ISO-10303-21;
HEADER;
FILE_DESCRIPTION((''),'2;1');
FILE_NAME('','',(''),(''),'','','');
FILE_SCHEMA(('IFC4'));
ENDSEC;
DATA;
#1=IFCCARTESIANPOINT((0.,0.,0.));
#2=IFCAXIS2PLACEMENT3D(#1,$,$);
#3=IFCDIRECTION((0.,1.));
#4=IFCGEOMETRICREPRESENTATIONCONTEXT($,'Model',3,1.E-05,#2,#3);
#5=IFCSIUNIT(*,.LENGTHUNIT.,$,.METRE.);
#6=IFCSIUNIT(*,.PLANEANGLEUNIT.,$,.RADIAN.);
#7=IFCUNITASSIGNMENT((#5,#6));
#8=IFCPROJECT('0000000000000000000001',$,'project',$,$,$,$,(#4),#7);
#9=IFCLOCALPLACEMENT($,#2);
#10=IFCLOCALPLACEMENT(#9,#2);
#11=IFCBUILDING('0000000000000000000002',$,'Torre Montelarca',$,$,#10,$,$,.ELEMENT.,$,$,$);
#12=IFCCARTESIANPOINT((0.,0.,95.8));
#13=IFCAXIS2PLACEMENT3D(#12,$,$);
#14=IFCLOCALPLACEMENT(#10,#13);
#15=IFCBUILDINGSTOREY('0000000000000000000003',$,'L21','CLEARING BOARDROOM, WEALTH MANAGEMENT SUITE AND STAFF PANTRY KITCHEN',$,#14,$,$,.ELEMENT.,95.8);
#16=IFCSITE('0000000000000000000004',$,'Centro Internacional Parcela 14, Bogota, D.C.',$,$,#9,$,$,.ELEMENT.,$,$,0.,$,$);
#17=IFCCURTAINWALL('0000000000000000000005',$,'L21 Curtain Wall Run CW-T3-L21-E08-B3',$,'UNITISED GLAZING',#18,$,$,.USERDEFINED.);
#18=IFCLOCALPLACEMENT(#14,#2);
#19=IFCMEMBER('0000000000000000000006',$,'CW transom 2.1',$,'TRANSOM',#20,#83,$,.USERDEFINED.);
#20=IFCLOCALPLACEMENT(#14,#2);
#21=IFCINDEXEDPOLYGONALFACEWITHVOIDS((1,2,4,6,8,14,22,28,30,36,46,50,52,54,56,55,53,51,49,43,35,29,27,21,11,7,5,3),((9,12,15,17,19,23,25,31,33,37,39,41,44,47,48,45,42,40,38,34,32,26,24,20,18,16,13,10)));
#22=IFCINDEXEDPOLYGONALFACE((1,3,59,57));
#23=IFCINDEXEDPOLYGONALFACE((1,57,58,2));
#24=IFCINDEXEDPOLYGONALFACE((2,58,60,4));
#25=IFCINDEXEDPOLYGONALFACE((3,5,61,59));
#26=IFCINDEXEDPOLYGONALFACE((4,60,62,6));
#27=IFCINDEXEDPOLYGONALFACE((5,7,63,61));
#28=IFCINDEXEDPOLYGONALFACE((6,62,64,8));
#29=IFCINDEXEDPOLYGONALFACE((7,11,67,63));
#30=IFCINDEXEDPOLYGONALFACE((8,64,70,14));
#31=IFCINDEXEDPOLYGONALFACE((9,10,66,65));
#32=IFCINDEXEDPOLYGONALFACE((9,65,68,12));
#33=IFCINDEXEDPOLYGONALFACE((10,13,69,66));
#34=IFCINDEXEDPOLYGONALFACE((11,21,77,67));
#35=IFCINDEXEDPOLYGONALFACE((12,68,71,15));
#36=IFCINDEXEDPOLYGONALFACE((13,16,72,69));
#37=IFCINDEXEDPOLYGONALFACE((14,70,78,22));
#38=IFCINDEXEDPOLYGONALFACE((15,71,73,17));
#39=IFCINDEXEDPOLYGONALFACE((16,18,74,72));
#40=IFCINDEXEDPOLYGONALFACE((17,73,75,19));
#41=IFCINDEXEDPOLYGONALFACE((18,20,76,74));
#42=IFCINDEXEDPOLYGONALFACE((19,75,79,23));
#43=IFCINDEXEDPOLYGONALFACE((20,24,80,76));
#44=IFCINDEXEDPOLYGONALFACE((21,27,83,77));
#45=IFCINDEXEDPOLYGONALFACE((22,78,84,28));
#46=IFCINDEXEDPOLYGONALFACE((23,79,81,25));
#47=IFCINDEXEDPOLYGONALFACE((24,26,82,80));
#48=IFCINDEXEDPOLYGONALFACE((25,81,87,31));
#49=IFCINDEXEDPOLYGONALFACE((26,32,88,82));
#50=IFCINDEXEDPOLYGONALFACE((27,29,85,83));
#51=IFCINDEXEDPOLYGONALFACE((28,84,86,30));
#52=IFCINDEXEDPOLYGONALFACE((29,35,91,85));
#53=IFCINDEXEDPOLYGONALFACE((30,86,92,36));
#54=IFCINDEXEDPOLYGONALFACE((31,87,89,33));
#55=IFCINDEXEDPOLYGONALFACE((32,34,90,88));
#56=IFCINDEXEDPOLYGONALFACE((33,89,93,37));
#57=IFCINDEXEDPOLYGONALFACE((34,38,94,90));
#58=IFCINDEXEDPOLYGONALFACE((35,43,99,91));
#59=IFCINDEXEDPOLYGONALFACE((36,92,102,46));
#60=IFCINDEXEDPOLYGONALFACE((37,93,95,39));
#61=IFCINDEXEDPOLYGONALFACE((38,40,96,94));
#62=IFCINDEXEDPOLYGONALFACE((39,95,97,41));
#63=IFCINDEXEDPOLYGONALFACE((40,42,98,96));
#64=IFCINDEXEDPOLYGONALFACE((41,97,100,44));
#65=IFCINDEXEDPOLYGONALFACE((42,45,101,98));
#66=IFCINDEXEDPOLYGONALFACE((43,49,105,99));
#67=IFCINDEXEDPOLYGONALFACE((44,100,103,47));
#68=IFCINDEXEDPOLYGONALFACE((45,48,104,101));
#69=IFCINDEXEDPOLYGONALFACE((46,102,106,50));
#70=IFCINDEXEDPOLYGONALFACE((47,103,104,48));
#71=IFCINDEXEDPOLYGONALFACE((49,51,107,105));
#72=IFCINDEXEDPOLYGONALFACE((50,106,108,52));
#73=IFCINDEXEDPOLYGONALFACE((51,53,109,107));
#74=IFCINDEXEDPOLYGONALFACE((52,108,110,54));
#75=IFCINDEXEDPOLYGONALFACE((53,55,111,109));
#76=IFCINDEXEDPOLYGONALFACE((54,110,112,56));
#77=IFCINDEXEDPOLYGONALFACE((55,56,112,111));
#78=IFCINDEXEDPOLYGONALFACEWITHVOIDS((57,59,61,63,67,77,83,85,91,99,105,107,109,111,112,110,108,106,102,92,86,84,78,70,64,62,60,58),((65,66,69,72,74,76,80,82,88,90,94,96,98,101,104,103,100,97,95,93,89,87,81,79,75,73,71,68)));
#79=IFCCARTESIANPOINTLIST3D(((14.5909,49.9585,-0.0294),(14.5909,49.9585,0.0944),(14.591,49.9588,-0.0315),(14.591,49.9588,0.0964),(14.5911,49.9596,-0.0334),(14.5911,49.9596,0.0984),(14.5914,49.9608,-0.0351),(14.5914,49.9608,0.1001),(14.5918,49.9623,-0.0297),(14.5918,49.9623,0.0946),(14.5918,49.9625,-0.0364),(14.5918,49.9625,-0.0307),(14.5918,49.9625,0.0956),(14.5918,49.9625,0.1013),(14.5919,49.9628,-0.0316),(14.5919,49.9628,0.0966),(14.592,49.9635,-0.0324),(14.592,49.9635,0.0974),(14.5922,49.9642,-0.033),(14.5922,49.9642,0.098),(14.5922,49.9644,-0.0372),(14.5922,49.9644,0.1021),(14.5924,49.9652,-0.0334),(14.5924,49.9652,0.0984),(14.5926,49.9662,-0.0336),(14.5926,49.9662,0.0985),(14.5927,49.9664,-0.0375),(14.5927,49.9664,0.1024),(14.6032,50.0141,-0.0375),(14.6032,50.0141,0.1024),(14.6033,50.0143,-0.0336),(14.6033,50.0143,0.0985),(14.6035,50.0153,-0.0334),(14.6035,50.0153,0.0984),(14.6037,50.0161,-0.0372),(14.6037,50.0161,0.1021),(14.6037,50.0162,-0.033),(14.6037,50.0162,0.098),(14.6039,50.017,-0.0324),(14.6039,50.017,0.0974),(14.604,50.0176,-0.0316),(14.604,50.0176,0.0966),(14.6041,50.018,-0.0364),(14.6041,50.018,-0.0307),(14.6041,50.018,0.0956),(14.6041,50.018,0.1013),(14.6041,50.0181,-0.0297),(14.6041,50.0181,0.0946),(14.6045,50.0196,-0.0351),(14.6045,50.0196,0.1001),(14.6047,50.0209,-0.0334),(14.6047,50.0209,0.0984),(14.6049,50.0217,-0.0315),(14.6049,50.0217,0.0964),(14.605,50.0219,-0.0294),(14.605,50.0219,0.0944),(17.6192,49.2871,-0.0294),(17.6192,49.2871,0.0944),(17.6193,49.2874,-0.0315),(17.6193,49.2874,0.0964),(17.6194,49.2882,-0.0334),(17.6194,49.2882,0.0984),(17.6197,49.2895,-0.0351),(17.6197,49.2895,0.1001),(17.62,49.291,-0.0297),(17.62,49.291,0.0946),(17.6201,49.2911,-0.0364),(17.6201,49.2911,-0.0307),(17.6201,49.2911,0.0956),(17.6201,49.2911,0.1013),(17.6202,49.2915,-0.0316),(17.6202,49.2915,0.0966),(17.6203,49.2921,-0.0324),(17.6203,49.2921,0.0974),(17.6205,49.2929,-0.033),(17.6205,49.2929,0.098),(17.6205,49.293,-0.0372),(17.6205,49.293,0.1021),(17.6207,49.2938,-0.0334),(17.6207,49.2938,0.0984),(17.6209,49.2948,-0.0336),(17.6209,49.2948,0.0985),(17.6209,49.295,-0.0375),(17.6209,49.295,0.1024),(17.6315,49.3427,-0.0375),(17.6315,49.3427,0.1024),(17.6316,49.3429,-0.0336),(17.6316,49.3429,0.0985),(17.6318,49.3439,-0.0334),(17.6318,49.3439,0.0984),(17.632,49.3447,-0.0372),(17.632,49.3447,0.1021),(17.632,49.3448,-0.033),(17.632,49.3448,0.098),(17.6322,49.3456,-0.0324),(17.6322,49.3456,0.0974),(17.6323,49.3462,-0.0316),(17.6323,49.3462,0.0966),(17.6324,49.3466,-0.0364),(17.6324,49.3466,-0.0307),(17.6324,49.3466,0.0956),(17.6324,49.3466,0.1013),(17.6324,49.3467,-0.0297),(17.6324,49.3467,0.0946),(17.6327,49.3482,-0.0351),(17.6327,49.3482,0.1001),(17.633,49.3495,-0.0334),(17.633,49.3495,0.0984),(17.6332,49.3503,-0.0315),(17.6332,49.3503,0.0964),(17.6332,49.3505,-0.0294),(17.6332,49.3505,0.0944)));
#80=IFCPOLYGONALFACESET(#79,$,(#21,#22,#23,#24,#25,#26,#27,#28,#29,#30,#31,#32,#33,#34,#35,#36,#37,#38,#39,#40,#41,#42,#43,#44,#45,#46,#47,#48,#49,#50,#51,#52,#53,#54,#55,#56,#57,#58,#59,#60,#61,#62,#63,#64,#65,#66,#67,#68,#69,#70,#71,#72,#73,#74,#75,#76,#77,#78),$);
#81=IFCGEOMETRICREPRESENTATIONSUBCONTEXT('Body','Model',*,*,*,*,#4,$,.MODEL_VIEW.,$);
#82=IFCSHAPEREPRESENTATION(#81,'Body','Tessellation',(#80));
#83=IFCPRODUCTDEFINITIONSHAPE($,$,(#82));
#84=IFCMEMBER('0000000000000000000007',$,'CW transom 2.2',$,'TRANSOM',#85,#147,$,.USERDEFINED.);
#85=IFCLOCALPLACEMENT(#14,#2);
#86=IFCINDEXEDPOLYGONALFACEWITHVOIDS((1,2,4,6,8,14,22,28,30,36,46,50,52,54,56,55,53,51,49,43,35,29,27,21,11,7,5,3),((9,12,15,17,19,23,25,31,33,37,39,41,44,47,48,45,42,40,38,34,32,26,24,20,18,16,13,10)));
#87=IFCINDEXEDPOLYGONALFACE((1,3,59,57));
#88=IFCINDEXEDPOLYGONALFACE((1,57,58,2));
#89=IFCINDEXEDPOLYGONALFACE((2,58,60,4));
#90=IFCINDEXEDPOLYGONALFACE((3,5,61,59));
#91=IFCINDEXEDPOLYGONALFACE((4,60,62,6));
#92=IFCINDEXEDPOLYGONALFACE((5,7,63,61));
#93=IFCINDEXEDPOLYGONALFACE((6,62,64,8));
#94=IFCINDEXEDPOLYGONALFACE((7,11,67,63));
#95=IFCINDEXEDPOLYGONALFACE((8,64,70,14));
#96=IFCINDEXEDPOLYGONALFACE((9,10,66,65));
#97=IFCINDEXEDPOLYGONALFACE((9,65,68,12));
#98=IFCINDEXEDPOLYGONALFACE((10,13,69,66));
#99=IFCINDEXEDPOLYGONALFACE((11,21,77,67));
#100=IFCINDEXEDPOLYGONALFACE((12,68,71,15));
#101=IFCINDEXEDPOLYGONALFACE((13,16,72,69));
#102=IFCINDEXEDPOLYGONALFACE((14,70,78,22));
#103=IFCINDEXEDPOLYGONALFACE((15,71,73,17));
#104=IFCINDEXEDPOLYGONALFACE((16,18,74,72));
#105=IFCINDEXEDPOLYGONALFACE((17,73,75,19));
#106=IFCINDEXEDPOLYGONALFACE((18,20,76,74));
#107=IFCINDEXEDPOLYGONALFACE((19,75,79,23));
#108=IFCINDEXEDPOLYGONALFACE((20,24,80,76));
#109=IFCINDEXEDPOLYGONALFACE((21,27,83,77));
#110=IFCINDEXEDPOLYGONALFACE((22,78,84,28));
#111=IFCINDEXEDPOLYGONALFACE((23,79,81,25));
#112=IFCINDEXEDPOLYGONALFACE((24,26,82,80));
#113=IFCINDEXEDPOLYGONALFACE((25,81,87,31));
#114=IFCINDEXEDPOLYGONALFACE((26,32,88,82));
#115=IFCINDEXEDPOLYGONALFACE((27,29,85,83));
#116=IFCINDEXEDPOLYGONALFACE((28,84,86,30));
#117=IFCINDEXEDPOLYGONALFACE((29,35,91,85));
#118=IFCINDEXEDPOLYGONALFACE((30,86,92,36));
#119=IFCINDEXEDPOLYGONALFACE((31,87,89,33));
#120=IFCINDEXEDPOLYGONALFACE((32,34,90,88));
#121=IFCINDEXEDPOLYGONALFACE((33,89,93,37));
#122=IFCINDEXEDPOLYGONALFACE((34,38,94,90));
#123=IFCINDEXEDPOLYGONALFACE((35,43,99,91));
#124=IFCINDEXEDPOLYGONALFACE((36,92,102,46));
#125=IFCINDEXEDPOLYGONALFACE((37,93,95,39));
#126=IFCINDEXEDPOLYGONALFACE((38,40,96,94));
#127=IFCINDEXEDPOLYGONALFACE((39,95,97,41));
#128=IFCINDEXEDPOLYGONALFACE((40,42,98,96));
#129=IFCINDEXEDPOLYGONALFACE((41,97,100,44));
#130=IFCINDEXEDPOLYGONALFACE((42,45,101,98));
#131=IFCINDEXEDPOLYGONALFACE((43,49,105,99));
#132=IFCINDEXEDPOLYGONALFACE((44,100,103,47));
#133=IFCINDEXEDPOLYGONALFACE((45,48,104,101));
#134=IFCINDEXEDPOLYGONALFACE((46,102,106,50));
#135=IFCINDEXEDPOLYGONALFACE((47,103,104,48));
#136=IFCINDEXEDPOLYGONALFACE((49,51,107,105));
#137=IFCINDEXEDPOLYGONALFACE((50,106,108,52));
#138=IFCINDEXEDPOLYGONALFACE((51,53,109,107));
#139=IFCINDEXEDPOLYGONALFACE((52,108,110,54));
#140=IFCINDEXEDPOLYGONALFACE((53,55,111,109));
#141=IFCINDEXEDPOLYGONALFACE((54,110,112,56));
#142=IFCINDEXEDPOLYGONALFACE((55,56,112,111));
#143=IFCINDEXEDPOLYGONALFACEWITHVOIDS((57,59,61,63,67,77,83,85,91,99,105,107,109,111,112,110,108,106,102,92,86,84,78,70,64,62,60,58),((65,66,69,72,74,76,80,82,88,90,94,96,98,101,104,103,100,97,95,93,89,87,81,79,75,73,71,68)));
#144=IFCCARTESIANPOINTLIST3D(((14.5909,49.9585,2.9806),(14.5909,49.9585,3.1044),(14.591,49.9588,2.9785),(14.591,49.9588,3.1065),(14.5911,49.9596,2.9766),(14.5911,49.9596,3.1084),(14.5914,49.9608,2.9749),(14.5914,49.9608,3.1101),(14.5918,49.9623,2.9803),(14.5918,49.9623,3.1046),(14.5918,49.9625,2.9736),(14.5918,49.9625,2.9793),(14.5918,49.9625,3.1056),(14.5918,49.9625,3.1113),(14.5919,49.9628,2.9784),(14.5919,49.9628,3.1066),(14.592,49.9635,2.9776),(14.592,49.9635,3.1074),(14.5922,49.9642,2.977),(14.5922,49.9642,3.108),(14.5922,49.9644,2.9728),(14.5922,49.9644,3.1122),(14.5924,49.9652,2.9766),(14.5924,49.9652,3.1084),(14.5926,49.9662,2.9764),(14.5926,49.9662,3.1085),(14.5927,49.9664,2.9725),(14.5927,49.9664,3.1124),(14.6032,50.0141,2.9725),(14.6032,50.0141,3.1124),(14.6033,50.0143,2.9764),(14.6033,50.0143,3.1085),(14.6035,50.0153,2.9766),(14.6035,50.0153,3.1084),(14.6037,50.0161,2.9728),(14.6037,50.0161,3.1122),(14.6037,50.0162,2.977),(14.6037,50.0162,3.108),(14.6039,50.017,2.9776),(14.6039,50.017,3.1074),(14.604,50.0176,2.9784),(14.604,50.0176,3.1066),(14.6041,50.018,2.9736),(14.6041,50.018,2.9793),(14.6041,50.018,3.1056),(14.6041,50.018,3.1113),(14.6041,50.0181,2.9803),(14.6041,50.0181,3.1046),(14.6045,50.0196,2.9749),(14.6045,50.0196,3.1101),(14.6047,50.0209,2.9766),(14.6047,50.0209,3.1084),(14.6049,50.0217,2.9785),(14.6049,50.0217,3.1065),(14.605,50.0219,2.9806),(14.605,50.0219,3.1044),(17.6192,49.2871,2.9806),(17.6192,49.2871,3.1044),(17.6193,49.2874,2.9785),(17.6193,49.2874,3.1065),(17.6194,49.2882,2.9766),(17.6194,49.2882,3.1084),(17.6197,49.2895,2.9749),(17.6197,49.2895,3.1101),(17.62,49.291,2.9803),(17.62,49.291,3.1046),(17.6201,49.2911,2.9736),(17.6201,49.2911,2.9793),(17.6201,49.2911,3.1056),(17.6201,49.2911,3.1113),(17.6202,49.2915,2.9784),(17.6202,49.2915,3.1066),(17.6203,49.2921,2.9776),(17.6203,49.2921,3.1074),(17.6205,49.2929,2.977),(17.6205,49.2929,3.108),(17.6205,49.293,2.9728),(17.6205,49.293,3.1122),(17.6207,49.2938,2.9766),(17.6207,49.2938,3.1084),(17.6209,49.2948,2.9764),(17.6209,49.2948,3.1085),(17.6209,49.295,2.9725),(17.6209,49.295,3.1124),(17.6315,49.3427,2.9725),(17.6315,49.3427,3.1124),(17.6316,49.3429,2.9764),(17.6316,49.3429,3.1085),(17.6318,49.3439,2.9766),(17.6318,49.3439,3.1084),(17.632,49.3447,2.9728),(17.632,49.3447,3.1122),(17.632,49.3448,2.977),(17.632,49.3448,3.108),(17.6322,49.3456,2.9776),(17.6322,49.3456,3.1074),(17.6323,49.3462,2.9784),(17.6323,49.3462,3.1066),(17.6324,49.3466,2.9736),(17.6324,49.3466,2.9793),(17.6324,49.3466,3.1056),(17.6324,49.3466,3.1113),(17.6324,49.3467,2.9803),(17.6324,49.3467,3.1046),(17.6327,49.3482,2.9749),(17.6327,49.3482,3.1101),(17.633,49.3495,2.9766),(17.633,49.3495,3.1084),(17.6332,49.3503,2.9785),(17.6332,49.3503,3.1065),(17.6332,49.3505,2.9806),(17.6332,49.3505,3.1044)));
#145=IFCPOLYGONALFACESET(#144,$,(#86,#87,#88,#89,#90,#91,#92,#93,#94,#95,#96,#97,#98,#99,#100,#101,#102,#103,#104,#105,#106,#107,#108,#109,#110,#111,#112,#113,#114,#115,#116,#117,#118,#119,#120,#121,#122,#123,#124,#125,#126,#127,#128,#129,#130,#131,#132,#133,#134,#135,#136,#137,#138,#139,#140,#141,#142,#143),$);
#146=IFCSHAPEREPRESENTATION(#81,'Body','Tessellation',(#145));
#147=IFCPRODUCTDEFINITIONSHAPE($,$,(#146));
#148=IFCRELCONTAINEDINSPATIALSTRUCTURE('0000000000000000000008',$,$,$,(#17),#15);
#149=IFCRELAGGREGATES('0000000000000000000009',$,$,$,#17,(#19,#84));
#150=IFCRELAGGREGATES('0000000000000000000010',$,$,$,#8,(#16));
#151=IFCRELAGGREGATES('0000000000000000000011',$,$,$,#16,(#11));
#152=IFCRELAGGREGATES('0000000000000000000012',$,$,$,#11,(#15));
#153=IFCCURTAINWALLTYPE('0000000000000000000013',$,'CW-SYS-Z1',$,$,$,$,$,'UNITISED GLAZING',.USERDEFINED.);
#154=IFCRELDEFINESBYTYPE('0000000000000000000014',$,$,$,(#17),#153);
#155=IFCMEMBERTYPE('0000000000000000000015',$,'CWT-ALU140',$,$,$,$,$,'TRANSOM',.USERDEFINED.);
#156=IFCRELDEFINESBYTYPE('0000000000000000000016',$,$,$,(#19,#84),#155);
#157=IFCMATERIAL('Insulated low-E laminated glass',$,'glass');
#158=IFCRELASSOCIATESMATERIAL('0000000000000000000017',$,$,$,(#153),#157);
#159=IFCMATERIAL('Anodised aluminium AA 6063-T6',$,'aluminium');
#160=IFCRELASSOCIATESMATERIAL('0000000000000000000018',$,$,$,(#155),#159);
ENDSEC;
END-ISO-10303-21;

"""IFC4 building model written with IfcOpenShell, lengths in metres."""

from ifc_helpers import new_model, si_unit, direction, frame, origin, origin_2d, place, context, subcontext, project, spatial, hollow_rectangle, extrude, source, transform, mapped, material, material_profile, profile_set, type_object, element, aggregate, save


model = new_model("IFC4")

# Units and contexts
model_context = context("Model", 3, precision=1e-05, world=origin(), true_north=direction((0.0, 1.0)))
body_context = subcontext(model_context, "Body", "Model", "MODEL_VIEW")
ifc_project = project(units=[si_unit("LENGTHUNIT", "METRE"), si_unit("PLANEANGLEUNIT", "RADIAN")], contexts=[model_context])

# Site, building, storey
site_placement = place(None, origin())
site = spatial("IfcSite", under=ifc_project, at=site_placement, Name="Centro Internacional Parcela 14, Bogota, D.C.", CompositionType="ELEMENT", RefElevation=0.0)
building_placement = place(site_placement, origin())
building = spatial("IfcBuilding", under=site, at=building_placement, Name="Torre Montelarca", CompositionType="ELEMENT")
storey_placement = place(building_placement, frame((0.0, 0.0, 95.8)))
storey = spatial("IfcBuildingStorey", under=building, at=storey_placement, Name="L21", Description="CLEARING BOARDROOM, WEALTH MANAGEMENT SUITE AND STAFF PANTRY KITCHEN", CompositionType="ELEMENT", Elevation=95.8)

# Curtain wall, members
ifc_material_1 = material(Name="Insulated low-E laminated glass", Category="glass")
curtain_wall_type = type_object("IfcCurtainWallType", Name="CW-SYS-Z1", ElementType="UNITISED GLAZING", PredefinedType="USERDEFINED", material=ifc_material_1)
ifc_material_2 = material(Name="Anodised aluminium AA 6063-T6", Category="aluminium")
ifc_material_profile_1 = material_profile(ifc_material_2, hollow_rectangle(XDim=0.0649, YDim=0.1399, WallThickness=0.0039, InnerFilletRadius=0.0039, OuterFilletRadius=0.0081, at=origin_2d()), Name="ALU65X140X4", Category="aluminium")
ifc_profile_set_1 = profile_set([ifc_material_profile_1], Name="Anodised aluminium AA 6063-T6")
member_type_1 = type_object("IfcMemberType", Name="CWT-ALU140", ElementType="TRANSOM", PredefinedType="USERDEFINED", material=ifc_profile_set_1)
curtain_wall_1_placement = place(storey_placement, origin())
curtain_wall_1 = element("IfcCurtainWall", 1, at=curtain_wall_1_placement, inside=storey, type_object=curtain_wall_type, Name="L21 Curtain Wall Run CW-T3-L21-E08-B3", ObjectType="UNITISED GLAZING", PredefinedType="USERDEFINED")
shared_shape_1 = source(origin(), body_context, "Body", "SweptSolid", [
    extrude(hollow_rectangle(XDim=0.0649, YDim=0.1399, WallThickness=0.0039, InnerFilletRadius=0.0039, OuterFilletRadius=0.0081, at=origin_2d()), origin(), (0.0, 0.0, 1.0), 3.1018),
])
member_1_placement = place(storey_placement, frame((17.6262, 49.3188, 0.0325), z_axis=(-0.976294, 0.216447, 0.0), x_axis=(-0.216447, -0.976294, 0.0)))
member_1 = element("IfcMember", 2, at=member_1_placement, type_object=member_type_1, Name="CW transom 2.1", ObjectType="TRANSOM", PredefinedType="USERDEFINED", context=body_context, shape_type="MappedRepresentation", body=[
    mapped(shared_shape_1, transform((0.0, 0.0, 0.0), scale=1.0)),
])
member_2_placement = place(storey_placement, frame((17.6262, 49.3188, 3.0425), z_axis=(-0.976294, 0.216447, 0.0), x_axis=(-0.216447, -0.976294, 0.0)))
member_2 = element("IfcMember", 3, at=member_2_placement, type_object=member_type_1, Name="CW transom 2.2", ObjectType="TRANSOM", PredefinedType="USERDEFINED", context=body_context, shape_type="MappedRepresentation", body=[
    mapped(shared_shape_1, transform((0.0, 0.0, 0.0), scale=1.0)),
])

aggregate(curtain_wall_1, [member_1, member_2])

save(model, "model.ifc")
